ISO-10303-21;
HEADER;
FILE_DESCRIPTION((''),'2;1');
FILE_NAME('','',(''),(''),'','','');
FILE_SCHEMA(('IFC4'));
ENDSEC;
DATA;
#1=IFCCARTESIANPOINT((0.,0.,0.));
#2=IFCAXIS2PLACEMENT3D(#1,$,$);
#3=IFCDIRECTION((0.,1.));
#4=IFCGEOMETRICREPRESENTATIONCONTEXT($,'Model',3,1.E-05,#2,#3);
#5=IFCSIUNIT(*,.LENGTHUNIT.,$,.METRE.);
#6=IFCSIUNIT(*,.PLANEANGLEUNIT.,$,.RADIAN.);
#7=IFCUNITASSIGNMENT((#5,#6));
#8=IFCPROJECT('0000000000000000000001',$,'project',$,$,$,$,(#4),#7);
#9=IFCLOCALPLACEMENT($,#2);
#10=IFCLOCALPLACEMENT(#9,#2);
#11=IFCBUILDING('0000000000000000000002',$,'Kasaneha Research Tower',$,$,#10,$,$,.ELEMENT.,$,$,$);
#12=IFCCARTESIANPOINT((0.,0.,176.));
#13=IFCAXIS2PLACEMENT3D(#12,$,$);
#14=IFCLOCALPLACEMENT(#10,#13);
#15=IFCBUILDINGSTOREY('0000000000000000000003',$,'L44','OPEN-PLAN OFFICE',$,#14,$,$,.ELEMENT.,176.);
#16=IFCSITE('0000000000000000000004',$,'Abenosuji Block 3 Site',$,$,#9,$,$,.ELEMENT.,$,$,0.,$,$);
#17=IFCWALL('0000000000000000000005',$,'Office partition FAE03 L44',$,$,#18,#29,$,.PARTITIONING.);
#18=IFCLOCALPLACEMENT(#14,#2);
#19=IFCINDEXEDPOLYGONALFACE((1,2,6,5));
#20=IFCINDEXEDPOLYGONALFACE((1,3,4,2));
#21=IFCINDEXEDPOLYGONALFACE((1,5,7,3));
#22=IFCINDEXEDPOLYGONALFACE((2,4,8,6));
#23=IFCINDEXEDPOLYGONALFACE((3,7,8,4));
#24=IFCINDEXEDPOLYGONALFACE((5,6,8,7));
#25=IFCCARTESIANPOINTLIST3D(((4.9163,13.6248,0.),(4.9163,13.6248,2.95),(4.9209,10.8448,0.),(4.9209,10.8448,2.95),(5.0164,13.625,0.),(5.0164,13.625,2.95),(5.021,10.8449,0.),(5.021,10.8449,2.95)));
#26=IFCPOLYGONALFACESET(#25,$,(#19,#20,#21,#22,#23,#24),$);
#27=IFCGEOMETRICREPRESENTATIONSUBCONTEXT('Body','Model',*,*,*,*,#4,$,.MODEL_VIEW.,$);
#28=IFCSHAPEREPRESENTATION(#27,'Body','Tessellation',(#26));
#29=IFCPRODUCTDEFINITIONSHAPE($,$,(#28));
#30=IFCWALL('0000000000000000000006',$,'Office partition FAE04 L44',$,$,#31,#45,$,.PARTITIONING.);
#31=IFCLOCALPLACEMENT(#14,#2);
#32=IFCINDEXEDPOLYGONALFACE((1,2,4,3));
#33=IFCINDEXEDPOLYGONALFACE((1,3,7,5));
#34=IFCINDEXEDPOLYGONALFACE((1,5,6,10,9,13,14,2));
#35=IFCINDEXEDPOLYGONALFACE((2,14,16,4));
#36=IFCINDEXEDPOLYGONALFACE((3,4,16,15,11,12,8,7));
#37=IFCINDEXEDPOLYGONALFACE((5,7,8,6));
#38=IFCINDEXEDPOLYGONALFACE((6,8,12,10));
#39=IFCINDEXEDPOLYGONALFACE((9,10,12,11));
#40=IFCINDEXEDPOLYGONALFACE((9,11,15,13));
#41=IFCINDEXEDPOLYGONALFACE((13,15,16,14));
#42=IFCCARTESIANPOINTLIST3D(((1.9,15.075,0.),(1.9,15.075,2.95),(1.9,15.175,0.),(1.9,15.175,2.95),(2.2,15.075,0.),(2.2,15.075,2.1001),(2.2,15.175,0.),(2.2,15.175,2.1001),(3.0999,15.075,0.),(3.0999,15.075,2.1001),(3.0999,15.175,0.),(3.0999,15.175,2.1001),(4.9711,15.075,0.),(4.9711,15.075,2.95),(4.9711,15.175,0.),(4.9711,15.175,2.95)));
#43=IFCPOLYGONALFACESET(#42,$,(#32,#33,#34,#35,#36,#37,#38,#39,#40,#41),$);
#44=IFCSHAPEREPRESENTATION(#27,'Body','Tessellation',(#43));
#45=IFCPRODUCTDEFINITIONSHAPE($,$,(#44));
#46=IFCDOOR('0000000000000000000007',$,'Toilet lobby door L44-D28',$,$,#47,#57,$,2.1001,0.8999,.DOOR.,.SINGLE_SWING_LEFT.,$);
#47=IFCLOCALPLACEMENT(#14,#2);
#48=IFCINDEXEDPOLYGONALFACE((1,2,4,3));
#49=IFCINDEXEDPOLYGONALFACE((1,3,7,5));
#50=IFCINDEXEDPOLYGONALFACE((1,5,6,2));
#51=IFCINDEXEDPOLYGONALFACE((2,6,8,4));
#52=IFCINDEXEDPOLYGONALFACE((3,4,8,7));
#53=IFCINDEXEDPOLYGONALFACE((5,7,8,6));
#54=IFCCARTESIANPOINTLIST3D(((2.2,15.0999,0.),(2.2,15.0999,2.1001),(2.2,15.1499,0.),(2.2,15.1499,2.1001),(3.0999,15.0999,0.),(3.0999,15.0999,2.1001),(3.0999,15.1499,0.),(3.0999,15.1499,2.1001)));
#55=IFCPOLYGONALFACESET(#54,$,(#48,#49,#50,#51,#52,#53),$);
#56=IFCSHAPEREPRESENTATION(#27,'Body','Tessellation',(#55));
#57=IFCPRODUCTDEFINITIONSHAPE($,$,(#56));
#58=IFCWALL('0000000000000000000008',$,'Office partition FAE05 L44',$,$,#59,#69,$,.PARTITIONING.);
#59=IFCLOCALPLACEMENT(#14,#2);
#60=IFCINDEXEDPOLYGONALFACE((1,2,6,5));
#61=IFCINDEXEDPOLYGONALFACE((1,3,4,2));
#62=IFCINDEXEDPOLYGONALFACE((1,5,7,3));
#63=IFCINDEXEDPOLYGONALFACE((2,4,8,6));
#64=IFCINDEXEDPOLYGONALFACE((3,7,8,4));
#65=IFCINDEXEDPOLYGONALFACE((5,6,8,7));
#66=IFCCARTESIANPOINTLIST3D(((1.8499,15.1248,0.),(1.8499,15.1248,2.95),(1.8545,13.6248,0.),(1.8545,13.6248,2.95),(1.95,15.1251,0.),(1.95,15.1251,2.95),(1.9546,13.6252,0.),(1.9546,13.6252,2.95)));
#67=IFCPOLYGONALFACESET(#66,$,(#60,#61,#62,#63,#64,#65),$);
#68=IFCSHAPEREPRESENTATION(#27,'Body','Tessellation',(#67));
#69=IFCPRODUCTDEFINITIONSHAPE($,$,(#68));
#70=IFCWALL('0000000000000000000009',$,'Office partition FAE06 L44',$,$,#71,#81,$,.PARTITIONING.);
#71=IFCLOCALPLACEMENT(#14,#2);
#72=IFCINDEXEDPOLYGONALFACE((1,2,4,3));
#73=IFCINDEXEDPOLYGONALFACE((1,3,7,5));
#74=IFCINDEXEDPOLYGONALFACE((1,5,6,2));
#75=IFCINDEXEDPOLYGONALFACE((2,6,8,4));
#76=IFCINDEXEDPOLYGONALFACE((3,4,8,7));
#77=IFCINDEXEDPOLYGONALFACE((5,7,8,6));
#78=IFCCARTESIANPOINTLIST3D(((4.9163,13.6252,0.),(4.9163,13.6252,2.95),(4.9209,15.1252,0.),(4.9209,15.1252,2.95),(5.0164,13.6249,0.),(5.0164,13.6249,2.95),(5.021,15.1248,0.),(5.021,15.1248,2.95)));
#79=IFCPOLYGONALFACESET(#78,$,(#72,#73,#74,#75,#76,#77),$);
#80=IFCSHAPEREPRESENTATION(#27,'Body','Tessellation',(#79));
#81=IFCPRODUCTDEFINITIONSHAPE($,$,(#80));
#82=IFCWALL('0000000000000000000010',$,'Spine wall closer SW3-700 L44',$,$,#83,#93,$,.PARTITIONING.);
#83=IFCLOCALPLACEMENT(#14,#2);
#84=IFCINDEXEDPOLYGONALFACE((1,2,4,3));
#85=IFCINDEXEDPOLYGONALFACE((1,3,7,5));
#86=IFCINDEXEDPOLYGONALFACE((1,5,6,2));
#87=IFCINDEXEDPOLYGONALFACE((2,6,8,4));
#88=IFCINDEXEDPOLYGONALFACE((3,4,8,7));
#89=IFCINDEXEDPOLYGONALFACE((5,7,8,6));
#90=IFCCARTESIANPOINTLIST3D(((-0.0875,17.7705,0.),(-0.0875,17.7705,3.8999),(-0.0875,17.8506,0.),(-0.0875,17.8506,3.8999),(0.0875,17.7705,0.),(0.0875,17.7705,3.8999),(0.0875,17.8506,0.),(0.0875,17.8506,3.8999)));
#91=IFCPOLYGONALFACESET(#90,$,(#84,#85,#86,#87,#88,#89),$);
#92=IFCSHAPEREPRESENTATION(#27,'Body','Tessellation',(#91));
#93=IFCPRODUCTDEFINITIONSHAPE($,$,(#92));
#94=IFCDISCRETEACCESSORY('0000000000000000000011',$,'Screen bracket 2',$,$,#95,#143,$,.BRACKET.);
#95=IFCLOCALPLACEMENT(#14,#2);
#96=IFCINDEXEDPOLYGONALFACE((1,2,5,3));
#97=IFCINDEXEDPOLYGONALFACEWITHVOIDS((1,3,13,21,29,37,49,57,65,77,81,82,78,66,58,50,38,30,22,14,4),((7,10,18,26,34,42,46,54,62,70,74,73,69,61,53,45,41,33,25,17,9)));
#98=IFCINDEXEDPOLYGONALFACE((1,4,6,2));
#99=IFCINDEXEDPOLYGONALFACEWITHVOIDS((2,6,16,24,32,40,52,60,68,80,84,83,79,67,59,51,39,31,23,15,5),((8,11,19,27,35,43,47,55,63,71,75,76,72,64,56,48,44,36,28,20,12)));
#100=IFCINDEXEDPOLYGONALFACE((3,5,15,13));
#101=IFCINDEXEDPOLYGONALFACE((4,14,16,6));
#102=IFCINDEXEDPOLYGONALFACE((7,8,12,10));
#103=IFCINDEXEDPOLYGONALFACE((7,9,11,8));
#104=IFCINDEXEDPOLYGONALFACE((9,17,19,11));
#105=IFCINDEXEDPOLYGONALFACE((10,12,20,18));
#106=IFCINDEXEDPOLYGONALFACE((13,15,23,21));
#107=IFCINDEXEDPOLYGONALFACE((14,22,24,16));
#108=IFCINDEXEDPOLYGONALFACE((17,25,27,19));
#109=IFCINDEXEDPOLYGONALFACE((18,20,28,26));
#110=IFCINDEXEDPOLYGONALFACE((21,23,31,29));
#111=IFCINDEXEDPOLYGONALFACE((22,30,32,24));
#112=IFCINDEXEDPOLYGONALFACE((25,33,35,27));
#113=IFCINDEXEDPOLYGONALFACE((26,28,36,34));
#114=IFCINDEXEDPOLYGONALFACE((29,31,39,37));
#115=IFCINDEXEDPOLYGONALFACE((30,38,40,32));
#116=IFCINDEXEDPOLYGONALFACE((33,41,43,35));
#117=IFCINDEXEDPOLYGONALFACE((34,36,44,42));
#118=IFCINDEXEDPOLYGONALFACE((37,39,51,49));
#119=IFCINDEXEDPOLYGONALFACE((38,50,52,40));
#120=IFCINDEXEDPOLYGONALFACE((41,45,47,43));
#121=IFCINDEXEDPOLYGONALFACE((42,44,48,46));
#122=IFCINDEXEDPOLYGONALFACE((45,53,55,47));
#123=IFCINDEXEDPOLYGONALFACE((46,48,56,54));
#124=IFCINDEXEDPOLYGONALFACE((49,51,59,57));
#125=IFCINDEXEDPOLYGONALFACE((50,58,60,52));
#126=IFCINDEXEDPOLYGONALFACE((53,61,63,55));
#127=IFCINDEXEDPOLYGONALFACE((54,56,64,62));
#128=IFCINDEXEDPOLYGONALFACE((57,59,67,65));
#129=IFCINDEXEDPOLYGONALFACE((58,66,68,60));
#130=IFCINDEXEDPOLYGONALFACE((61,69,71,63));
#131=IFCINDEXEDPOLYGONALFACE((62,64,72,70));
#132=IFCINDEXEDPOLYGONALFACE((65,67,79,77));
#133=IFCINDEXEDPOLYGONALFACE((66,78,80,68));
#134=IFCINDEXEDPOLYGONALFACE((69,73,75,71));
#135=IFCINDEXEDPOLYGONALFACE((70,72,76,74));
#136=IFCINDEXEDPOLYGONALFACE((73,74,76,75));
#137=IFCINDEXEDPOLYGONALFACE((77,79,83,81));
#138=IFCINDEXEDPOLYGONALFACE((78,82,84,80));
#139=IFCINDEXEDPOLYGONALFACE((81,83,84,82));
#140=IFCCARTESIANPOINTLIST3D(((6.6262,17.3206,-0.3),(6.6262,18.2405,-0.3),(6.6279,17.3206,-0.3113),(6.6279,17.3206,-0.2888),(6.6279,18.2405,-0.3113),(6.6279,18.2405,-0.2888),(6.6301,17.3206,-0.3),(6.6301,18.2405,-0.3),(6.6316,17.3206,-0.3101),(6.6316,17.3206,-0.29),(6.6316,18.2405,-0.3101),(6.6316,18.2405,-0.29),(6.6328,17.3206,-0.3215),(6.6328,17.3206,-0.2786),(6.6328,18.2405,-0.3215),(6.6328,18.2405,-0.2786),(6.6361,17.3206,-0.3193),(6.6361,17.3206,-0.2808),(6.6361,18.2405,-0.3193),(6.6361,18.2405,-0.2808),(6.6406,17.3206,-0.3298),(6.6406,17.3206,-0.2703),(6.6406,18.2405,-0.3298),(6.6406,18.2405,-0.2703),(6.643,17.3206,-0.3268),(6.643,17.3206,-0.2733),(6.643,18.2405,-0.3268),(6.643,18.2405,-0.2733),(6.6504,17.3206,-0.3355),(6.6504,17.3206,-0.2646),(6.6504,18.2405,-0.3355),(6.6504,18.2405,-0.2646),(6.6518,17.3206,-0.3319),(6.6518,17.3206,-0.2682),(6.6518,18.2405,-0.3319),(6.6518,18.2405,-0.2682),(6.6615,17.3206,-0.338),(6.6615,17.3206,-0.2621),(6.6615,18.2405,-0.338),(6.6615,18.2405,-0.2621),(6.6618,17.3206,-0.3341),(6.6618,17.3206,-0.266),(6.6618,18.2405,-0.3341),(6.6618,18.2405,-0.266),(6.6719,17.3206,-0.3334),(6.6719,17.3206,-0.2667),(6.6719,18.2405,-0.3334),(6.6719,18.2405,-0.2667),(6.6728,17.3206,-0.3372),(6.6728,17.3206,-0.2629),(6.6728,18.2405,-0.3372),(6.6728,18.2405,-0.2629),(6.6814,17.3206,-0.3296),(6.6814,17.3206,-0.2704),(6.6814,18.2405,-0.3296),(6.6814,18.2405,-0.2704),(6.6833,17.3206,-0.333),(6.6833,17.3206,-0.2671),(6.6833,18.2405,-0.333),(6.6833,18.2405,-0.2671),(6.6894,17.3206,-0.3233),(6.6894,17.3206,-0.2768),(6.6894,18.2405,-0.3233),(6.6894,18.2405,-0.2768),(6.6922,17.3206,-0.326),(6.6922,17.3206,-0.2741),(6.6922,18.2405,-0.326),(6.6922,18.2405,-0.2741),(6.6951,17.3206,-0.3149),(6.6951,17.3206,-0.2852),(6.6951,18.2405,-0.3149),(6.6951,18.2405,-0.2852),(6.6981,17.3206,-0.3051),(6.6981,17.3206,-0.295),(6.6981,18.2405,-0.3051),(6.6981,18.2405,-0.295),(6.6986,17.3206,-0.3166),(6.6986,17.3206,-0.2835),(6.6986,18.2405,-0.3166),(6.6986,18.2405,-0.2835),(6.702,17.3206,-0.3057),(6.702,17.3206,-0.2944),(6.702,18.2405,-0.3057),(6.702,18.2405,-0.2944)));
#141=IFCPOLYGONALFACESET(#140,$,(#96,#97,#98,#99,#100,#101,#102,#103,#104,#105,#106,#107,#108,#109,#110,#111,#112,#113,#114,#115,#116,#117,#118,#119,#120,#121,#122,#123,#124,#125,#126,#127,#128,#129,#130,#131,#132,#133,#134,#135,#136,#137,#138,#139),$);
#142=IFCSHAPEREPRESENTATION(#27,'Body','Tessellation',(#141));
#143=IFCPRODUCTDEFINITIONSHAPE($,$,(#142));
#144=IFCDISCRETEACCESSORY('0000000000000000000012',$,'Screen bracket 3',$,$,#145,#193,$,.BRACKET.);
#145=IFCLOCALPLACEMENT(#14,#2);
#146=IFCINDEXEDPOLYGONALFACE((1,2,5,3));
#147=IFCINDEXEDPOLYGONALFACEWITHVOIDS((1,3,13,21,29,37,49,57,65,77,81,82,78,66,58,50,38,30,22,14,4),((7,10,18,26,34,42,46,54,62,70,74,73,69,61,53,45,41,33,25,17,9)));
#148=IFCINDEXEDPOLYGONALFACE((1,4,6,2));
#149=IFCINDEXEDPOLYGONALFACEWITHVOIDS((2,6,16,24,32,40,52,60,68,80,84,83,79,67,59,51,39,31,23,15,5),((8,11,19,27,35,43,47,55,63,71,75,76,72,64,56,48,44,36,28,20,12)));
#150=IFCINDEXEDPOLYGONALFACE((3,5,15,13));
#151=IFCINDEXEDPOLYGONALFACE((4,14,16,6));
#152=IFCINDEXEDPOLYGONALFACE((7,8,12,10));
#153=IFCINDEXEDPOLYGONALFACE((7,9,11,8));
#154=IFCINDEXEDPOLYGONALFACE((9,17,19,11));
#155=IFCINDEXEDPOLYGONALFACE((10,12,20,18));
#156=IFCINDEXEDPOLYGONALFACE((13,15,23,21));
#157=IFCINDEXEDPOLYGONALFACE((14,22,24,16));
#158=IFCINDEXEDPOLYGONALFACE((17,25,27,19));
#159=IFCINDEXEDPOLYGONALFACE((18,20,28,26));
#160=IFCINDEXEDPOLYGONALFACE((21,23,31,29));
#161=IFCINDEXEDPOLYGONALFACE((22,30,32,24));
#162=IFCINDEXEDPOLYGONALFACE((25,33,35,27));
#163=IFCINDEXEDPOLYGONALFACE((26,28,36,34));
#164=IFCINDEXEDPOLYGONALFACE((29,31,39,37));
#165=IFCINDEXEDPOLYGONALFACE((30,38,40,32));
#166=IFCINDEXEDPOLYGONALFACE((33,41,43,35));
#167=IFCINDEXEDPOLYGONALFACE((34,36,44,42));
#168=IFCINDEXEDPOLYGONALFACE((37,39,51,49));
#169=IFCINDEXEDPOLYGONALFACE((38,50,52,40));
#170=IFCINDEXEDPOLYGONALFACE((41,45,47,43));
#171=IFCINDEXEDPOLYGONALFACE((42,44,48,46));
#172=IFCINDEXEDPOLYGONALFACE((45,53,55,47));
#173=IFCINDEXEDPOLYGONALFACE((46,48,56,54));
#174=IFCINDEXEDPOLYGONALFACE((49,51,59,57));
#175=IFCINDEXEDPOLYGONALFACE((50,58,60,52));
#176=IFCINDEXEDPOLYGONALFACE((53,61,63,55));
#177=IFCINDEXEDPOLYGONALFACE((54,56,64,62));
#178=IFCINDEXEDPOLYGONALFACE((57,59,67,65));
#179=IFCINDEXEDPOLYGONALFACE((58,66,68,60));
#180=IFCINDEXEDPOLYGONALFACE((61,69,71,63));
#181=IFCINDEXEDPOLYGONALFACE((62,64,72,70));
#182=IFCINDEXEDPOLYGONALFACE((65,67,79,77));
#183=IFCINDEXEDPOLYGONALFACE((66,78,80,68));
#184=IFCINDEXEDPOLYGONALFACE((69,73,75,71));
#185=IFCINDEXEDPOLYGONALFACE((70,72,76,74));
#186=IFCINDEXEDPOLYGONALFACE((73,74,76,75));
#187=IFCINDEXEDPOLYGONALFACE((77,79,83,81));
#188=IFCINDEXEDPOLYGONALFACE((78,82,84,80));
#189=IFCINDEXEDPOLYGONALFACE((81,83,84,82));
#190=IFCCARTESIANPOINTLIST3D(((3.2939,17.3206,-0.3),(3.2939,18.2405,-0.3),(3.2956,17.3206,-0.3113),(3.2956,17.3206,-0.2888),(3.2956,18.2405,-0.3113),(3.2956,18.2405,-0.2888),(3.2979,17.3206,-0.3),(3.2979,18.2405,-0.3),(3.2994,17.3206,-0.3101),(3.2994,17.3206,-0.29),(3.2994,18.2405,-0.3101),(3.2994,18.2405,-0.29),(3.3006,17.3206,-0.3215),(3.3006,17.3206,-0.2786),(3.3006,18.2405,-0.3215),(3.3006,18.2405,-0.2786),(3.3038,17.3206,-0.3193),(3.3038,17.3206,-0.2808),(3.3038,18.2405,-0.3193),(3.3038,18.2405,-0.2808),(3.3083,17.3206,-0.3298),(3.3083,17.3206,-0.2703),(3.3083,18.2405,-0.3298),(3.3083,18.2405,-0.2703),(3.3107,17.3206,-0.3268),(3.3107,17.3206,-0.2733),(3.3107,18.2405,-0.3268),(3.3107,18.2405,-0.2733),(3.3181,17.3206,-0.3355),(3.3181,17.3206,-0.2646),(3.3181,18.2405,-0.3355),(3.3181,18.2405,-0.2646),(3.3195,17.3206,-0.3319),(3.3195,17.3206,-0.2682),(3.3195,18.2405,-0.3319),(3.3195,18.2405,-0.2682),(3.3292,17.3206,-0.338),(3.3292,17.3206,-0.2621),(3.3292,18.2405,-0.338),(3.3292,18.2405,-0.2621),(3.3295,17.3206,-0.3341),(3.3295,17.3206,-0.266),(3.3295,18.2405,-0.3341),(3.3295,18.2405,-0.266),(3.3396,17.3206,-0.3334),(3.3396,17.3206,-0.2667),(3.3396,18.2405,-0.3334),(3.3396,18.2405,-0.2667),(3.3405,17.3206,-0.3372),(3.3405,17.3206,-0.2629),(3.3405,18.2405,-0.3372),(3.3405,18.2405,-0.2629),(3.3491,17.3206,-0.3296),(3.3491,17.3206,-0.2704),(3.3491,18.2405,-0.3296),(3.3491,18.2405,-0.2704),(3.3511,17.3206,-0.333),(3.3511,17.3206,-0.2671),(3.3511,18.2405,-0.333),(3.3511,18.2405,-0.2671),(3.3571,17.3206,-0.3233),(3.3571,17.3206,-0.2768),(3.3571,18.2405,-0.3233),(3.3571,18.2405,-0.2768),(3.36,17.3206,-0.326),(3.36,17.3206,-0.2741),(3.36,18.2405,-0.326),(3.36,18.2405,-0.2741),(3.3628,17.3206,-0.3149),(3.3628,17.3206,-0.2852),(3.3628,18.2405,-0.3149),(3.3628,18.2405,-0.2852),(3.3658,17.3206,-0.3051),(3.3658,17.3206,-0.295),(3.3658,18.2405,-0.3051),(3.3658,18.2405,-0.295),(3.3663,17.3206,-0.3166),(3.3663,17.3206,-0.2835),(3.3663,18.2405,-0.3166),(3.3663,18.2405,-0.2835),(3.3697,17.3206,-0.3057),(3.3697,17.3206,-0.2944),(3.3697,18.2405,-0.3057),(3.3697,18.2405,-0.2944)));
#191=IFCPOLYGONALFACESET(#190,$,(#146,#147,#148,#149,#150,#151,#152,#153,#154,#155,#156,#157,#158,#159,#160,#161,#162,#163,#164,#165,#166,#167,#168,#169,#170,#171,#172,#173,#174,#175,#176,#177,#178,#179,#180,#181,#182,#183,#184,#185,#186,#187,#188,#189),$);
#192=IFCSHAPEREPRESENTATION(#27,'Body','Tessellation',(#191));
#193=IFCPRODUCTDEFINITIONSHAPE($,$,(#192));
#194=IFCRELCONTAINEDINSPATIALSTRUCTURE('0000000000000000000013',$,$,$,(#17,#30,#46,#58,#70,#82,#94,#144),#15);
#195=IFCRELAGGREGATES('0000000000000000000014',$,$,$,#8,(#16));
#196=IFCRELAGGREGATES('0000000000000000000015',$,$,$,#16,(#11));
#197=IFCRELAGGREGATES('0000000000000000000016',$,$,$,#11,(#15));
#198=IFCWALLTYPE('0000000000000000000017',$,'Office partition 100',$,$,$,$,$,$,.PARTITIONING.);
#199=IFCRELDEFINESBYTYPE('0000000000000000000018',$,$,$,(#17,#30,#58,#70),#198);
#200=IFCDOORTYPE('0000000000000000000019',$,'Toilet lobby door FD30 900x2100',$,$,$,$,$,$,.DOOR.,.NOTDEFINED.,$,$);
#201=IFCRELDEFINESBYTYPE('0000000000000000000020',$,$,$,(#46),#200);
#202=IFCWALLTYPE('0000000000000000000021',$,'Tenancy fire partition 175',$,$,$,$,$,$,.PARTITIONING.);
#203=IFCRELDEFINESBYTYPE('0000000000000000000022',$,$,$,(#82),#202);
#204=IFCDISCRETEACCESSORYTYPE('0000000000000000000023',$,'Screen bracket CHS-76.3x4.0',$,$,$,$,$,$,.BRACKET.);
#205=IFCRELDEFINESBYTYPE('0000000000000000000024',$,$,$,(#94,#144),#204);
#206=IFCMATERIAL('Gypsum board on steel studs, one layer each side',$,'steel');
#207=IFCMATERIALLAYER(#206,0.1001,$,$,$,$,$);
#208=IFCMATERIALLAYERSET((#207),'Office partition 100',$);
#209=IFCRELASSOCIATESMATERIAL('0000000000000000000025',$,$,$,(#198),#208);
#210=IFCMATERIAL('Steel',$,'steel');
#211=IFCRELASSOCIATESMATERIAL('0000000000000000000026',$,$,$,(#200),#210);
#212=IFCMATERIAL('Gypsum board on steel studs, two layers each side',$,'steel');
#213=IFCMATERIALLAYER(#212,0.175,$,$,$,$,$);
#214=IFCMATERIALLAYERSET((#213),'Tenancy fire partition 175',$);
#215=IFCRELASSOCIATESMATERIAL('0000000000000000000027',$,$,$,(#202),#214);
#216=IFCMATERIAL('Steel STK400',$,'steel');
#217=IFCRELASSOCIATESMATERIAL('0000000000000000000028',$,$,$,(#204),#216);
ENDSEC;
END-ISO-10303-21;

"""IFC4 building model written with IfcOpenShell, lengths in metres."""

from ifc_helpers import new_model, si_unit, direction, frame, frame_2d, origin, origin_2d, place, context, subcontext, project, spatial, rectangle, hollow_circle, extrude, material, layer, layer_set, material_profile, profile_set, type_object, element, fill, save


model = new_model("IFC4")

# Units and contexts
model_context = context("Model", 3, precision=1e-05, world=origin(), true_north=direction((0.0, 1.0)))
body_context = subcontext(model_context, "Body", "Model", "MODEL_VIEW")
ifc_project = project(units=[si_unit("LENGTHUNIT", "METRE"), si_unit("PLANEANGLEUNIT", "RADIAN")], contexts=[model_context])

# Site, building, storey
site_placement = place(None, origin())
site = spatial("IfcSite", under=ifc_project, at=site_placement, Name="Abenosuji Block 3 Site", CompositionType="ELEMENT", RefElevation=0.0)
building_placement = place(site_placement, origin())
building = spatial("IfcBuilding", under=site, at=building_placement, Name="Kasaneha Research Tower", CompositionType="ELEMENT")
storey_placement = place(building_placement, frame((0.0, 0.0, 176.0)))
storey = spatial("IfcBuildingStorey", under=building, at=storey_placement, Name="L44", Description="OPEN-PLAN OFFICE", CompositionType="ELEMENT", Elevation=176.0)

# Wall
ifc_material_1 = material(Name="Gypsum board on steel studs, one layer each side", Category="steel")
ifc_layer_1 = layer(ifc_material_1, 0.1001)
ifc_layer_set_1 = layer_set([ifc_layer_1], Name="Office partition 100")
wall_type_1 = type_object("IfcWallType", Name="Office partition 100", PredefinedType="PARTITIONING", material=ifc_layer_set_1)
wall_1_placement = place(storey_placement, frame((4.9663, 13.625, 0.0), z_axis=(0.0, 0.0, 1.0), x_axis=(0.001669, -0.999999, 0.0)))
element("IfcWall", 1, at=wall_1_placement, inside=storey, type_object=wall_type_1, Name="Office partition FAE03 L44", PredefinedType="PARTITIONING", context=body_context, shape_type="SweptSolid", body=[
    extrude(rectangle(XDim=2.78, YDim=0.1001, at=frame_2d((1.3901, 0.0))), origin(), (0.0, 0.0, 1.0), 2.95),
])

# Wall, opening, door
wall_2_placement = place(storey_placement, frame((1.8999, 15.125, 0.0), z_axis=(0.0, 0.0, 1.0), x_axis=(1.0, 0.0, 0.0)))
wall_2 = element("IfcWall", 2, at=wall_2_placement, inside=storey, type_object=wall_type_1, Name="Office partition FAE04 L44", PredefinedType="PARTITIONING", context=body_context, shape_type="SweptSolid", body=[
    extrude(rectangle(XDim=3.071, YDim=0.1001, at=frame_2d((1.5356, 0.0))), origin(), (0.0, 0.0, 1.0), 2.95),
])
opening_placement = place(wall_2_placement, frame((0.3, 0.0, 0.0)))
opening = element("IfcOpeningElement", 3, at=opening_placement, cuts=wall_2, PredefinedType="OPENING", context=body_context, shape_type="SweptSolid", body=[
    extrude(rectangle(XDim=0.8999, YDim=2.1001, at=frame_2d((0.45, 1.05))), frame((0.0, 0.0601, 0.0), z_axis=(0.0, -1.0, 0.0), x_axis=(1.0, 0.0, 0.0)), (0.0, 0.0, 1.0), 0.1201),
])
ifc_material_2 = material(Name="Steel", Category="steel")
door_type = type_object("IfcDoorType", Name="Toilet lobby door FD30 900x2100", OperationType="NOTDEFINED", PredefinedType="DOOR", material=ifc_material_2)
door_placement = place(opening_placement, origin())
door = element("IfcDoor", 4, at=door_placement, inside=storey, type_object=door_type, Name="Toilet lobby door L44-D28", OperationType="SINGLE_SWING_LEFT", OverallHeight=2.1001, OverallWidth=0.8999, PredefinedType="DOOR", context=body_context, shape_type="SweptSolid", body=[
    extrude(rectangle(XDim=0.8999, YDim=2.1001, at=frame_2d((0.45, 1.05))), frame((0.0, 0.0249, 0.0), z_axis=(0.0, -1.0, 0.0), x_axis=(1.0, 0.0, 0.0)), (0.0, 0.0, 1.0), 0.05),
])
fill(opening, door)

# Walls
for number, where, z_axis, x_axis, name in (
    (5, (1.9045, 13.625, 0.0), (0.0, 0.0, 1.0), (-0.003092, 0.999995, 0.0), "Office partition FAE05 L44"),
    (6, (4.9709, 15.125, 0.0), (0.0, 0.0, 1.0), (-0.003092, -0.999995, 0.0), "Office partition FAE06 L44"),
):
    element("IfcWall", number, at=place(storey_placement, frame(where, z_axis=z_axis, x_axis=x_axis)), inside=storey, type_object=wall_type_1, Name=name, PredefinedType="PARTITIONING", context=body_context, shape_type="SweptSolid", body=[
        extrude(rectangle(XDim=1.5, YDim=0.1001, at=frame_2d((0.75, 0.0))), origin(), (0.0, 0.0, 1.0), 2.95),
    ])
ifc_material_3 = material(Name="Gypsum board on steel studs, two layers each side", Category="steel")
ifc_layer_2 = layer(ifc_material_3, 0.175)
ifc_layer_set_2 = layer_set([ifc_layer_2], Name="Tenancy fire partition 175")
wall_type_2 = type_object("IfcWallType", Name="Tenancy fire partition 175", PredefinedType="PARTITIONING", material=ifc_layer_set_2)
wall_3_placement = place(storey_placement, frame((0.0, 17.7705, 0.0), z_axis=(0.0, 0.0, 1.0), x_axis=(0.0, 1.0, 0.0)))
element("IfcWall", 7, at=wall_3_placement, inside=storey, type_object=wall_type_2, Name="Spine wall closer SW3-700 L44", PredefinedType="PARTITIONING", context=body_context, shape_type="SweptSolid", body=[
    extrude(rectangle(XDim=0.0801, YDim=0.175, at=frame_2d((0.04, 0.0))), origin(), (0.0, 0.0, 1.0), 3.8999),
])

# Discrete accessories
ifc_material_4 = material(Name="Steel STK400", Category="steel")
ifc_material_profile_1 = material_profile(ifc_material_4, hollow_circle(Radius=0.0381, WallThickness=0.0039, at=origin_2d()), Name="CHS-76.3x4.0")
ifc_profile_set_1 = profile_set([ifc_material_profile_1], Name="Steel STK400")
discrete_accessory_type = type_object("IfcDiscreteAccessoryType", Name="Screen bracket CHS-76.3x4.0", PredefinedType="BRACKET", material=ifc_profile_set_1)
for number, where, z_axis, x_axis, name in (
    (8, (6.6643, 17.3206, -0.3), (0.0, 1.0, 0.0), (-1.0, 0.0, 0.0), "Screen bracket 2"),
    (9, (3.332, 17.3206, -0.3), (0.0, 1.0, 0.0), (-1.0, 0.0, 0.0), "Screen bracket 3"),
):
    element("IfcDiscreteAccessory", number, at=place(storey_placement, frame(where, z_axis=z_axis, x_axis=x_axis)), inside=storey, type_object=discrete_accessory_type, Name=name, PredefinedType="BRACKET", context=body_context, shape_type="SweptSolid", body=[
        extrude(hollow_circle(Radius=0.0381, WallThickness=0.0039, at=origin_2d()), origin(), (0.0, 0.0, 1.0), 0.9199),
    ])

save(model, "model.ifc")
